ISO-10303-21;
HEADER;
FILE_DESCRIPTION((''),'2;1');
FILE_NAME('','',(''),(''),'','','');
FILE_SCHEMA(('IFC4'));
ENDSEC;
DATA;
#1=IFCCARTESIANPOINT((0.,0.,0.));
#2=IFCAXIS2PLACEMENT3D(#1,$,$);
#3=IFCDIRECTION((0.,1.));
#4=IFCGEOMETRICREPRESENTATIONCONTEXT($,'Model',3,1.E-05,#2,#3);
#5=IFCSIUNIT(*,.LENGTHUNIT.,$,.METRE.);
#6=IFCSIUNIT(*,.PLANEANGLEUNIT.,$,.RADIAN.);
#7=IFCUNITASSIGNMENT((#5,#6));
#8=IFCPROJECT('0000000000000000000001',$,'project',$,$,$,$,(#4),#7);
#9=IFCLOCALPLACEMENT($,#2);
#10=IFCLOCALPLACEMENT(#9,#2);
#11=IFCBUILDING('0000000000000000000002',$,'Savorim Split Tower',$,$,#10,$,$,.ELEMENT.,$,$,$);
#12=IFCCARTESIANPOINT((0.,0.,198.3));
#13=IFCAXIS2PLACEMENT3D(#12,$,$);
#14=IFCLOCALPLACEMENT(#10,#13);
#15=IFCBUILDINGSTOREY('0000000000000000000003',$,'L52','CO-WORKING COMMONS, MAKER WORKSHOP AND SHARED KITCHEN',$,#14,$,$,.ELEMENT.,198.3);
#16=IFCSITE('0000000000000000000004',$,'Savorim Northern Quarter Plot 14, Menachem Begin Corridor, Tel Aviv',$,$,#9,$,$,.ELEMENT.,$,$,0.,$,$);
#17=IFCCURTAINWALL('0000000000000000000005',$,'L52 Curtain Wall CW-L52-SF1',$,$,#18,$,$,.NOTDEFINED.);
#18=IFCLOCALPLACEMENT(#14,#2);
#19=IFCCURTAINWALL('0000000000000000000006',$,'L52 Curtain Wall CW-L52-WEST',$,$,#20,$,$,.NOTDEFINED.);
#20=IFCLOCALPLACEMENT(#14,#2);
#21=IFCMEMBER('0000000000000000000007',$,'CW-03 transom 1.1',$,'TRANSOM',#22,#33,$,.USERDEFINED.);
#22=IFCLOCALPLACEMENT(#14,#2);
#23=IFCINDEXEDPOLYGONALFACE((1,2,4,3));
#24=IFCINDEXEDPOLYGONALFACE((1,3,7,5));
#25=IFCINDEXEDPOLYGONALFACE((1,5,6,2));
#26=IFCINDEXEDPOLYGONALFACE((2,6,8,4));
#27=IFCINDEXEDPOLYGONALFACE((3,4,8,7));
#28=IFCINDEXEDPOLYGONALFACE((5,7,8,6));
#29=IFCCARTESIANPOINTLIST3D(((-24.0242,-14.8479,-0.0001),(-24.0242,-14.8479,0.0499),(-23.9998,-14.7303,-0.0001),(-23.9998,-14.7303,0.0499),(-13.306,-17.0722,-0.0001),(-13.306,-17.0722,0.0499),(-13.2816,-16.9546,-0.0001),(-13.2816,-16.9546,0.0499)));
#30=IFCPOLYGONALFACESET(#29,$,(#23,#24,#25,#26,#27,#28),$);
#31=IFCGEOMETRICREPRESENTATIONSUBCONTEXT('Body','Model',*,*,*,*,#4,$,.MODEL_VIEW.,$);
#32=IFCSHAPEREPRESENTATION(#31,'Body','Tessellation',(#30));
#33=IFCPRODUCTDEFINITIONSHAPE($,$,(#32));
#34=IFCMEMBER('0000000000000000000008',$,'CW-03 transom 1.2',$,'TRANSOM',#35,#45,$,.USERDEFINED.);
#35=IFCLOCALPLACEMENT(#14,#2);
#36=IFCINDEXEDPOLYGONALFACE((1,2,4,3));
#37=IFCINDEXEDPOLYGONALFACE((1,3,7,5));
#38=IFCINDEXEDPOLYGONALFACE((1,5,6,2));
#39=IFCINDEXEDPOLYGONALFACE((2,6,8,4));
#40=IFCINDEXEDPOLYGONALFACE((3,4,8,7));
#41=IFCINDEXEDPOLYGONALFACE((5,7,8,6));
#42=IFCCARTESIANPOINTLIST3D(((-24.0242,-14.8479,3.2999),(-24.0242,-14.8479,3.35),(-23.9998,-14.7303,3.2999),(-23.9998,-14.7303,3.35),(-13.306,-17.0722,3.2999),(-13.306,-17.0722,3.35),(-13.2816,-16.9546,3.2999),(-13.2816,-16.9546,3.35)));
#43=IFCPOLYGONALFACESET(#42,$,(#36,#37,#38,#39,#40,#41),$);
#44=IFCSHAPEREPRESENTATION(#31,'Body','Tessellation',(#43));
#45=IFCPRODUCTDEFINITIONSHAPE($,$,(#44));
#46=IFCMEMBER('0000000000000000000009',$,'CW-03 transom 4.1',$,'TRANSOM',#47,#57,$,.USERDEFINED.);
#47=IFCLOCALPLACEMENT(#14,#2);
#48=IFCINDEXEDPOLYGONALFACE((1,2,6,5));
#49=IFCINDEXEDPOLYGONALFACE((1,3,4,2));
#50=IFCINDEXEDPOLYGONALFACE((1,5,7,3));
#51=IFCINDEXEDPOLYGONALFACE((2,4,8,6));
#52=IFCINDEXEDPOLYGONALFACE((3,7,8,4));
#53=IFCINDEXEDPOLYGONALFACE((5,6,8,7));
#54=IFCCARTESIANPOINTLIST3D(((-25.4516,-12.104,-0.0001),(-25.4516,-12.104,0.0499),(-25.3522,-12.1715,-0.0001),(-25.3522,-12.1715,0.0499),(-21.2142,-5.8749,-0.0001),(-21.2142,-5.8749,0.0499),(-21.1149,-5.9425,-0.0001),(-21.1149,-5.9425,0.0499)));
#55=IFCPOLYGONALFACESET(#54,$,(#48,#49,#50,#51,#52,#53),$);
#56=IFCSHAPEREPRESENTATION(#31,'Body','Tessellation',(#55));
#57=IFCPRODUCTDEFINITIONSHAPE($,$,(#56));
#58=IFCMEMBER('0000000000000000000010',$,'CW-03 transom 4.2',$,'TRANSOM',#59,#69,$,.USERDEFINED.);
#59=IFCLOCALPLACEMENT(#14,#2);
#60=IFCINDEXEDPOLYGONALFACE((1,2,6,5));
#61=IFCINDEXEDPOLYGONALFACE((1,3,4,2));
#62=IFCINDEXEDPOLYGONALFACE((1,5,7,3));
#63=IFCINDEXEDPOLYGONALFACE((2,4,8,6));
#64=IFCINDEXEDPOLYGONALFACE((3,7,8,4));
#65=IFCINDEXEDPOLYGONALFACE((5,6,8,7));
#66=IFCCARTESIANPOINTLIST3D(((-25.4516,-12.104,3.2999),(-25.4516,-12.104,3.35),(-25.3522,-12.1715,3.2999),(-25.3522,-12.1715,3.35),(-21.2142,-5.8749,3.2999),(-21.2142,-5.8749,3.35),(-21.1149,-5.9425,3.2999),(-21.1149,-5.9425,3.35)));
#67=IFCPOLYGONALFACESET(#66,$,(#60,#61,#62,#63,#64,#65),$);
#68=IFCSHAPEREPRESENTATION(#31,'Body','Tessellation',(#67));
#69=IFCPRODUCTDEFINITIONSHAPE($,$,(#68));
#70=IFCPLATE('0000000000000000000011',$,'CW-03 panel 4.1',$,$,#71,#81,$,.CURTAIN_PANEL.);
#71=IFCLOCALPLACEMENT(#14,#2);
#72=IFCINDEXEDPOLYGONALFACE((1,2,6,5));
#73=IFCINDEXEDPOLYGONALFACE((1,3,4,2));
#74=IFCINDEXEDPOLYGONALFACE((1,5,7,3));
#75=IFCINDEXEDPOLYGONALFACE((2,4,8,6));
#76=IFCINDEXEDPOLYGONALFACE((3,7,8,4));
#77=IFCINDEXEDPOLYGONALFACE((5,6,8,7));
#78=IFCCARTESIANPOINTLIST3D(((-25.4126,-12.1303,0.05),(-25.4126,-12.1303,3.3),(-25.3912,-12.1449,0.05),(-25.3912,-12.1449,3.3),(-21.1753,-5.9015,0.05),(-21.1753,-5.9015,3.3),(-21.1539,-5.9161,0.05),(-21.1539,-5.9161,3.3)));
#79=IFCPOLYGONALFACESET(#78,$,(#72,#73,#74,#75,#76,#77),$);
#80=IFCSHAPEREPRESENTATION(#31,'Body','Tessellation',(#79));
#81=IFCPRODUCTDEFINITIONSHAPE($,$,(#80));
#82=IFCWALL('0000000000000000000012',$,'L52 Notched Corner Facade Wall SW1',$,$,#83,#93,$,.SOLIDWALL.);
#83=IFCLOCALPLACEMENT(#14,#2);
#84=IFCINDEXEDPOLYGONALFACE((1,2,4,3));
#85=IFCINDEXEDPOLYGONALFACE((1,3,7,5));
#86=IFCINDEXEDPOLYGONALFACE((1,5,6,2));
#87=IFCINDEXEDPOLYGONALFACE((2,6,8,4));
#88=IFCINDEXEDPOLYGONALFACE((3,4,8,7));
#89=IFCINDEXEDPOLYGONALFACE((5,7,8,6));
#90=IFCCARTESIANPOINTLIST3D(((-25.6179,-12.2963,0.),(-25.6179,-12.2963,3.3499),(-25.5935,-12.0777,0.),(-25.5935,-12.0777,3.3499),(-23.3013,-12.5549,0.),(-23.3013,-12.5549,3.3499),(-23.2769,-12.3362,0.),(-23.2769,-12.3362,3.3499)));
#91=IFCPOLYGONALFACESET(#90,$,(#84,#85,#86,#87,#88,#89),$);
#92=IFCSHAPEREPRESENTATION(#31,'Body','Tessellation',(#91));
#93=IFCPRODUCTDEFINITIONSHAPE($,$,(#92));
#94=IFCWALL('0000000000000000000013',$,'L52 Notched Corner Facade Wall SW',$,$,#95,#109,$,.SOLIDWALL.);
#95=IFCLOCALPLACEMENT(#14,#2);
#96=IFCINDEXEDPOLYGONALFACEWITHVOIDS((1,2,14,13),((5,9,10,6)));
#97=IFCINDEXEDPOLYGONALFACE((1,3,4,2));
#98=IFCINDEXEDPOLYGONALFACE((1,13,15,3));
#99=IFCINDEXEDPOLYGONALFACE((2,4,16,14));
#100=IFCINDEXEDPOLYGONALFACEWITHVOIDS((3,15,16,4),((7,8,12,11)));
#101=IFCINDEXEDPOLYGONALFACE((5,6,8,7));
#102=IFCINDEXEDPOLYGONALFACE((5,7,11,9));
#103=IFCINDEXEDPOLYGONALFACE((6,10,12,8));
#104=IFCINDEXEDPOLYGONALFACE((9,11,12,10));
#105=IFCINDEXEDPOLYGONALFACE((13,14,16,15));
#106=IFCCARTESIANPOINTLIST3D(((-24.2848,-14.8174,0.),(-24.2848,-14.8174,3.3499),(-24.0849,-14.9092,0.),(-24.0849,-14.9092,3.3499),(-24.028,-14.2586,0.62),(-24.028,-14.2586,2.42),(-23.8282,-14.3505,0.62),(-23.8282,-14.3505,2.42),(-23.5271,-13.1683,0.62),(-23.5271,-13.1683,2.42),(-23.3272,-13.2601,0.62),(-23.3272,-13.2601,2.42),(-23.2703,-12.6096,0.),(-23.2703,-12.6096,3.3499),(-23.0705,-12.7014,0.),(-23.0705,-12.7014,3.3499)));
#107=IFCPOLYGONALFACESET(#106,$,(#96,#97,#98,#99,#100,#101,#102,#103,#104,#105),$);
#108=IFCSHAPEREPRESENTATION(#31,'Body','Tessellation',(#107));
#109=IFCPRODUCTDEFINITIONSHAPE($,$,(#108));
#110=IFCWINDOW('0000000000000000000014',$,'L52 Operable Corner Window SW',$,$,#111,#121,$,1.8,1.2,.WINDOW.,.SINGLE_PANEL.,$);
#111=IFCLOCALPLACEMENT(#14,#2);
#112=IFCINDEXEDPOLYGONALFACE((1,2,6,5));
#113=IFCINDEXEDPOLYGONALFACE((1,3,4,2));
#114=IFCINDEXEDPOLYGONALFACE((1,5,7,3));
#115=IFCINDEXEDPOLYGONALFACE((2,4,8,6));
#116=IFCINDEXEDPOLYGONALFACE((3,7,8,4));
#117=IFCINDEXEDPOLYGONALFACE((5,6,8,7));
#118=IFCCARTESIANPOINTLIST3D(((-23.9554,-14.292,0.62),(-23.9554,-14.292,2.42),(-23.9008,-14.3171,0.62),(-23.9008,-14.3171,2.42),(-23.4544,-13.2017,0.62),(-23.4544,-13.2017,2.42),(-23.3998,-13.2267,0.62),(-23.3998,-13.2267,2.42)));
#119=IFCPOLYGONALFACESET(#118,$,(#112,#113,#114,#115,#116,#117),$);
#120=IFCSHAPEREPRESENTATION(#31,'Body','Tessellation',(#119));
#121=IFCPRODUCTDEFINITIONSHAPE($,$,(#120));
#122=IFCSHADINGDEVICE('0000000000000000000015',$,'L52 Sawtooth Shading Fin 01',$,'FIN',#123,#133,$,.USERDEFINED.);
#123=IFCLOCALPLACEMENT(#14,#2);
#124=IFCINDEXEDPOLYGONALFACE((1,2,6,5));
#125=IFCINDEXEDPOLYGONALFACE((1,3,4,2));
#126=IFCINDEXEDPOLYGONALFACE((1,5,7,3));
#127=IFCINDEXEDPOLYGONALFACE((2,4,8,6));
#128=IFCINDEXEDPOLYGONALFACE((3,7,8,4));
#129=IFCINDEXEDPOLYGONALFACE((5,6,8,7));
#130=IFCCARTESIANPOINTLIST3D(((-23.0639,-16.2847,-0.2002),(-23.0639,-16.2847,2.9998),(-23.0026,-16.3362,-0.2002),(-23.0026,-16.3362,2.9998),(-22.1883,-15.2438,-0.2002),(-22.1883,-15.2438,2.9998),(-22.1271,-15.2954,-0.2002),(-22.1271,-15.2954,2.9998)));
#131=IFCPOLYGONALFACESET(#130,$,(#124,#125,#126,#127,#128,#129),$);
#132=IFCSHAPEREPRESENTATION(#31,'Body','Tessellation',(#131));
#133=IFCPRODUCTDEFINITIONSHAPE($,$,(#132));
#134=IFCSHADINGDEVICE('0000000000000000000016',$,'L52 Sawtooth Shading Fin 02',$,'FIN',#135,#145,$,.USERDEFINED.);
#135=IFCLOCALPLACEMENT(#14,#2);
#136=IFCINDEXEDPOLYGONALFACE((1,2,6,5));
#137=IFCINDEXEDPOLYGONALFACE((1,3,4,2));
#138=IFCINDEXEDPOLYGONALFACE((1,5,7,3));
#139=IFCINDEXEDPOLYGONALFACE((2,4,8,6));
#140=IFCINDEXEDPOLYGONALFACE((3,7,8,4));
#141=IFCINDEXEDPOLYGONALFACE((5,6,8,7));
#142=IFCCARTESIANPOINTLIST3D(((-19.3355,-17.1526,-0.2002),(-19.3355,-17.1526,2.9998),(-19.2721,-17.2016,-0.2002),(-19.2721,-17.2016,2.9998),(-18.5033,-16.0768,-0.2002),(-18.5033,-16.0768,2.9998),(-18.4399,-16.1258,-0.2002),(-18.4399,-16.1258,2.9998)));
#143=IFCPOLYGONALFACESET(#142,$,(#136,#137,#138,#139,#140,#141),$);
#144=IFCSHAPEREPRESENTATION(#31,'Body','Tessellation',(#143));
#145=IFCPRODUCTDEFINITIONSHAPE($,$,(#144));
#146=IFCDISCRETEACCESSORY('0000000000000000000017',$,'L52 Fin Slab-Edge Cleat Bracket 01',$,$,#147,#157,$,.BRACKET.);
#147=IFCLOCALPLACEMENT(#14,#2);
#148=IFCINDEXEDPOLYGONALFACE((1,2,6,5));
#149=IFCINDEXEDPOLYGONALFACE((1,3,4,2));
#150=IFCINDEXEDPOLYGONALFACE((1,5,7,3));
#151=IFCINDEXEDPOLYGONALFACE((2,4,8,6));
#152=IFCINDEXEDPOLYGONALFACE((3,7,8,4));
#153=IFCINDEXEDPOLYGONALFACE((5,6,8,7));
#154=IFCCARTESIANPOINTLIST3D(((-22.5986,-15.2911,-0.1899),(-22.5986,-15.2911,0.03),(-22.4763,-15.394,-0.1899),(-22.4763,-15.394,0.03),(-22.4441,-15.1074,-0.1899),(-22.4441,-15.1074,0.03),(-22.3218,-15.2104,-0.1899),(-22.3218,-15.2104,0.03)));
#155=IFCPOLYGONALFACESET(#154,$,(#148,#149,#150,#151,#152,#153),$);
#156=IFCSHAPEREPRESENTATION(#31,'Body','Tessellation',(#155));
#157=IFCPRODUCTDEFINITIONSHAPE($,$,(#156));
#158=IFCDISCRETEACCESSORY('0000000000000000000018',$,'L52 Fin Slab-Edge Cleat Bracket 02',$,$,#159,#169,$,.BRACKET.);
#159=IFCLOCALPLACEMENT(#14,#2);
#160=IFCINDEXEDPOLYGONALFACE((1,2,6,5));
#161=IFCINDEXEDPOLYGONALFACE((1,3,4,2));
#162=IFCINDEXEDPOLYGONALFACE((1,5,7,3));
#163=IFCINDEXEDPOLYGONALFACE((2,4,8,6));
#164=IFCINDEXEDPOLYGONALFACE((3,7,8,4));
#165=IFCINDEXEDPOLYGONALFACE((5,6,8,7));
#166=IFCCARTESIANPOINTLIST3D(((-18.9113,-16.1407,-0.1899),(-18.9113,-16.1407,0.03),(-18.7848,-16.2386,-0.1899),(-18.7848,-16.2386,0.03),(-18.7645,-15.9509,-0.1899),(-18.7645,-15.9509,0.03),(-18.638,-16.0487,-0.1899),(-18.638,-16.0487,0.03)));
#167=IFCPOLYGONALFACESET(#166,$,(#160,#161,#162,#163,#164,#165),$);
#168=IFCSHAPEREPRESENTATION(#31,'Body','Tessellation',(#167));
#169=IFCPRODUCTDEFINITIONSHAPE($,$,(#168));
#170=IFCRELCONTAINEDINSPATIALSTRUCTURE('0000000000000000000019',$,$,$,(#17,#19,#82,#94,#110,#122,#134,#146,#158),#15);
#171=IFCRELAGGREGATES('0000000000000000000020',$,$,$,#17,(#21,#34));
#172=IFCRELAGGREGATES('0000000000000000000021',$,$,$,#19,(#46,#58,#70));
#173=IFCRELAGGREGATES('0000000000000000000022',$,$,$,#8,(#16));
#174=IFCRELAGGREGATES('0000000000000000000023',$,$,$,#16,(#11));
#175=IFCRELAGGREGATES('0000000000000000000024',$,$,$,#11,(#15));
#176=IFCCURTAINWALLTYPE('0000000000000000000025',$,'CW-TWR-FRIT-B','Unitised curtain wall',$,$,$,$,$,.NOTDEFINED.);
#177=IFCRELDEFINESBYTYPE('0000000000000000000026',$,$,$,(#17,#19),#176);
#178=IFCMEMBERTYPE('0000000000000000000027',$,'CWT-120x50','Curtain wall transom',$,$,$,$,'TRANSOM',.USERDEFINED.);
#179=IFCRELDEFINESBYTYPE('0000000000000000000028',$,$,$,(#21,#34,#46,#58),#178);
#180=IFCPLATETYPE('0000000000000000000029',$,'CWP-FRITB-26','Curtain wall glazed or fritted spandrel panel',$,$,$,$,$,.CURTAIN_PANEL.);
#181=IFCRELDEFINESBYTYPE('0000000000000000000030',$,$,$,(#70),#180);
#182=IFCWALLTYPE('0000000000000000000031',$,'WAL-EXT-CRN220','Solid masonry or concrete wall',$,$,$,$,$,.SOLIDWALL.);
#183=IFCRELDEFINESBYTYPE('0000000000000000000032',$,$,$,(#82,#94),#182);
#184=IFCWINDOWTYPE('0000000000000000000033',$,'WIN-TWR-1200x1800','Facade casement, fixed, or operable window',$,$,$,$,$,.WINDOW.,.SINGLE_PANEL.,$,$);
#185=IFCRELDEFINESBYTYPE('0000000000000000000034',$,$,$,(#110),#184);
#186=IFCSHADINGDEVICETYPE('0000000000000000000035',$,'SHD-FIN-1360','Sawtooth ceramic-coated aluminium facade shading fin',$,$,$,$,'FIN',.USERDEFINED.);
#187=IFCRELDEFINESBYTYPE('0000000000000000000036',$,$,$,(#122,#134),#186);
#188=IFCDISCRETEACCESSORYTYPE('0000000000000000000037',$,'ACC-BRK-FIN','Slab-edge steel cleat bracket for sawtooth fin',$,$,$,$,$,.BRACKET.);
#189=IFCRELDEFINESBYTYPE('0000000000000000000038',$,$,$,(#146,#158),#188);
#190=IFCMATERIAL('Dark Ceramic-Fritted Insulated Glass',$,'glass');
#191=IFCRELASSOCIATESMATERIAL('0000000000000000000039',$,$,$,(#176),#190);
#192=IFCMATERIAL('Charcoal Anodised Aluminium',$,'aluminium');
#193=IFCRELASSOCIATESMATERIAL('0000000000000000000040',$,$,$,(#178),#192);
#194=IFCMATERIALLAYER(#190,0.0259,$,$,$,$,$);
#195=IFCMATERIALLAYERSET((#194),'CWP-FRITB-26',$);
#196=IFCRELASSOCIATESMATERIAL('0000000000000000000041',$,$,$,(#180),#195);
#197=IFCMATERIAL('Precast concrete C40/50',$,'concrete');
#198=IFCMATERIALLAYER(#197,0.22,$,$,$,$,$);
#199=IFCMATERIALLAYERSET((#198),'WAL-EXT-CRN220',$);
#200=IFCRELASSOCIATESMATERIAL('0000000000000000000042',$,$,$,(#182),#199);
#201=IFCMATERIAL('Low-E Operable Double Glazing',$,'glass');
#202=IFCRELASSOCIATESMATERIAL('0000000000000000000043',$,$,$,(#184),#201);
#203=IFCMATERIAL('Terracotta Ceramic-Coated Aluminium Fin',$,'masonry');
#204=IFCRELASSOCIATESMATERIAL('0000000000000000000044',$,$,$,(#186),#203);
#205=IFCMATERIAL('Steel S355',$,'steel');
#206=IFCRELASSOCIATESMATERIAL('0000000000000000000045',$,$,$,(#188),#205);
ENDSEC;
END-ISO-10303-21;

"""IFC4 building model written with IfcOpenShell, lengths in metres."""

from ifc_helpers import new_model, si_unit, direction, frame, frame_2d, origin, origin_2d, place, context, subcontext, project, spatial, rectangle, extrude, material, layer, layer_set, material_profile, profile_set, type_object, element, fill, aggregate, save


model = new_model("IFC4")

# Units and contexts
model_context = context("Model", 3, precision=1e-05, world=origin(), true_north=direction((0.0, 1.0)))
body_context = subcontext(model_context, "Body", "Model", "MODEL_VIEW")
ifc_project = project(units=[si_unit("LENGTHUNIT", "METRE"), si_unit("PLANEANGLEUNIT", "RADIAN")], contexts=[model_context])

# Site, building, storey
site_placement = place(None, origin())
site = spatial("IfcSite", under=ifc_project, at=site_placement, Name="Savorim Northern Quarter Plot 14, Menachem Begin Corridor, Tel Aviv", CompositionType="ELEMENT", RefElevation=0.0)
building_placement = place(site_placement, origin())
building = spatial("IfcBuilding", under=site, at=building_placement, Name="Savorim Split Tower", CompositionType="ELEMENT")
storey_placement = place(building_placement, frame((0.0, 0.0, 198.3)))
storey = spatial("IfcBuildingStorey", under=building, at=storey_placement, Name="L52", Description="CO-WORKING COMMONS, MAKER WORKSHOP AND SHARED KITCHEN", CompositionType="ELEMENT", Elevation=198.3)

# Shared definitions
ifc_material_1 = material(Name="Steel S355", Category="steel")

# Curtain wall
ifc_material_2 = material(Name="Dark Ceramic-Fritted Insulated Glass", Category="glass")
curtain_wall_type = type_object("IfcCurtainWallType", Name="CW-TWR-FRIT-B", Description="Unitised curtain wall", PredefinedType="NOTDEFINED", material=ifc_material_2)
curtain_wall_1_placement = place(storey_placement, origin())
curtain_wall_1 = element("IfcCurtainWall", 1, at=curtain_wall_1_placement, inside=storey, type_object=curtain_wall_type, Name="L52 Curtain Wall CW-L52-SF1", PredefinedType="NOTDEFINED")
ifc_material_3 = material(Name="Charcoal Anodised Aluminium", Category="aluminium")

# Curtain wall
curtain_wall_2_placement = place(storey_placement, origin())
curtain_wall_2 = element("IfcCurtainWall", 2, at=curtain_wall_2_placement, inside=storey, type_object=curtain_wall_type, Name="L52 Curtain Wall CW-L52-WEST", PredefinedType="NOTDEFINED")

# Members
ifc_material_profile_1 = material_profile(ifc_material_3, rectangle(XDim=0.1201, YDim=0.05, at=origin_2d()), Name="ALU-T 120x50")
ifc_profile_set_1 = profile_set([ifc_material_profile_1], Name="Charcoal Anodised Aluminium")
member_type_1 = type_object("IfcMemberType", Name="CWT-120x50", Description="Curtain wall transom", ElementType="TRANSOM", PredefinedType="USERDEFINED", material=ifc_profile_set_1)
member_1_placement = place(storey_placement, frame((-24.012, -14.7891, 0.0249), z_axis=(0.979137, -0.203201, 0.0), x_axis=(0.203201, 0.979137, 0.0)))
member_1 = element("IfcMember", 3, at=member_1_placement, type_object=member_type_1, Name="CW-03 transom 1.1", ObjectType="TRANSOM", PredefinedType="USERDEFINED", context=body_context, shape_type="SweptSolid", body=[
    extrude(rectangle(XDim=0.1201, YDim=0.05, at=origin_2d()), origin(), (0.0, 0.0, 1.0), 10.9465),
])
member_2_placement = place(storey_placement, frame((-24.012, -14.7891, 3.325), z_axis=(0.979137, -0.203201, 0.0), x_axis=(0.203201, 0.979137, 0.0)))
member_2 = element("IfcMember", 4, at=member_2_placement, type_object=member_type_1, Name="CW-03 transom 1.2", ObjectType="TRANSOM", PredefinedType="USERDEFINED", context=body_context, shape_type="SweptSolid", body=[
    extrude(rectangle(XDim=0.1201, YDim=0.05, at=origin_2d()), origin(), (0.0, 0.0, 1.0), 10.9465),
])
aggregate(curtain_wall_1, [member_1, member_2])
member_3_placement = place(storey_placement, frame((-21.1646, -5.9087, 0.0249), z_axis=(-0.562454, -0.826829, 0.0), x_axis=(0.826829, -0.562454, 0.0)))
member_3 = element("IfcMember", 5, at=member_3_placement, type_object=member_type_1, Name="CW-03 transom 4.1", ObjectType="TRANSOM", PredefinedType="USERDEFINED", context=body_context, shape_type="SweptSolid", body=[
    extrude(rectangle(XDim=0.1201, YDim=0.05, at=origin_2d()), origin(), (0.0, 0.0, 1.0), 7.5337),
])
member_4_placement = place(storey_placement, frame((-21.1646, -5.9087, 3.325), z_axis=(-0.562454, -0.826829, 0.0), x_axis=(0.826829, -0.562454, 0.0)))
member_4 = element("IfcMember", 6, at=member_4_placement, type_object=member_type_1, Name="CW-03 transom 4.2", ObjectType="TRANSOM", PredefinedType="USERDEFINED", context=body_context, shape_type="SweptSolid", body=[
    extrude(rectangle(XDim=0.1201, YDim=0.05, at=origin_2d()), origin(), (0.0, 0.0, 1.0), 7.5337),
])

# Plate
ifc_layer_1 = layer(ifc_material_2, 0.0259)
ifc_layer_set_1 = layer_set([ifc_layer_1], Name="CWP-FRITB-26")
plate_type = type_object("IfcPlateType", Name="CWP-FRITB-26", Description="Curtain wall glazed or fritted spandrel panel", PredefinedType="CURTAIN_PANEL", material=ifc_layer_set_1)
plate_placement = place(storey_placement, frame((-23.2832, -9.0232, 0.05), z_axis=(0.0, 0.0, 1.0), x_axis=(-0.562465, -0.826821, 0.0)))
plate = element("IfcPlate", 7, at=plate_placement, type_object=plate_type, Name="CW-03 panel 4.1", PredefinedType="CURTAIN_PANEL", context=body_context, shape_type="SweptSolid", body=[
    extrude(rectangle(XDim=7.5334, YDim=0.0259, at=origin_2d()), origin(), (0.0, 0.0, 1.0), 3.25),
])
aggregate(curtain_wall_2, [member_3, member_4, plate])

# Wall
ifc_material_4 = material(Name="Precast concrete C40/50", Category="concrete")
ifc_layer_2 = layer(ifc_material_4, 0.22)
ifc_layer_set_2 = layer_set([ifc_layer_2], Name="WAL-EXT-CRN220")
wall_type = type_object("IfcWallType", Name="WAL-EXT-CRN220", Description="Solid masonry or concrete wall", PredefinedType="SOLIDWALL", material=ifc_layer_set_2)
wall_1_placement = place(storey_placement, frame((-23.2891, -12.4456, 0.0), z_axis=(0.0, 0.0, 1.0), x_axis=(-0.99383, 0.110914, 0.0)))
element("IfcWall", 8, at=wall_1_placement, inside=storey, type_object=wall_type, Name="L52 Notched Corner Facade Wall SW1", PredefinedType="SOLIDWALL", context=body_context, shape_type="SweptSolid", body=[
    extrude(rectangle(XDim=2.3311, YDim=0.22, at=frame_2d((1.1655, 0.0))), origin(), (0.0, 0.0, 1.0), 3.3499),
])

# Wall, opening, window
wall_2_placement = place(storey_placement, frame((-24.1848, -14.8633, 0.0), z_axis=(0.0, 0.0, 1.0), x_axis=(0.417509, 0.908673, 0.0)))
wall_2 = element("IfcWall", 9, at=wall_2_placement, inside=storey, type_object=wall_type, Name="L52 Notched Corner Facade Wall SW", PredefinedType="SOLIDWALL", context=body_context, shape_type="SweptSolid", body=[
    extrude(rectangle(XDim=2.4297, YDim=0.22, at=frame_2d((1.2148, 0.0))), origin(), (0.0, 0.0, 1.0), 3.3499),
])
opening_placement = place(wall_2_placement, frame((0.6147, 0.0, 0.6201)))
opening = element("IfcOpeningElement", 10, at=opening_placement, cuts=wall_2, PredefinedType="OPENING", context=body_context, shape_type="SweptSolid", body=[
    extrude(rectangle(XDim=1.2, YDim=1.8, at=frame_2d((0.6001, 0.8999))), frame((0.0, 0.1199, 0.0), z_axis=(0.0, -1.0, 0.0), x_axis=(1.0, 0.0, 0.0)), (0.0, 0.0, 1.0), 0.24),
])
ifc_material_5 = material(Name="Low-E Operable Double Glazing", Category="glass")
window_type = type_object("IfcWindowType", Name="WIN-TWR-1200x1800", Description="Facade casement, fixed, or operable window", PartitioningType="SINGLE_PANEL", PredefinedType="WINDOW", material=ifc_material_5)
window_placement = place(opening_placement, origin())
window = element("IfcWindow", 11, at=window_placement, inside=storey, type_object=window_type, Name="L52 Operable Corner Window SW", OverallHeight=1.8, OverallWidth=1.2, PartitioningType="SINGLE_PANEL", PredefinedType="WINDOW", context=body_context, shape_type="SweptSolid", body=[
    extrude(rectangle(XDim=1.2, YDim=1.8, at=frame_2d((0.6001, 0.8999))), frame((0.0, 0.03, 0.0), z_axis=(0.0, -1.0, 0.0), x_axis=(1.0, 0.0, 0.0)), (0.0, 0.0, 1.0), 0.0601),
])
fill(opening, window)

# Shading devices
ifc_material_6 = material(Name="Terracotta Ceramic-Coated Aluminium Fin", Category="masonry")
shading_device_type = type_object("IfcShadingDeviceType", Name="SHD-FIN-1360", Description="Sawtooth ceramic-coated aluminium facade shading fin", ElementType="FIN", PredefinedType="USERDEFINED", material=ifc_material_6)
for number, where, z_axis, x_axis, name in (
    (12, (-22.5955, -15.79, -0.2002), (0.0, 0.0, 1.0), (-0.643719, -0.765262, 0.0), "L52 Sawtooth Shading Fin 01"),
    (13, (-18.8877, -16.6392, -0.2002), (0.0, 0.0, 1.0), (-0.611868, -0.79096, 0.0), "L52 Sawtooth Shading Fin 02"),
):
    element("IfcShadingDevice", number, at=place(storey_placement, frame(where, z_axis=z_axis, x_axis=x_axis)), inside=storey, type_object=shading_device_type, Name=name, ObjectType="FIN", PredefinedType="USERDEFINED", context=body_context, shape_type="SweptSolid", body=[
        extrude(rectangle(XDim=1.3601, YDim=0.0801, at=origin_2d()), origin(), (0.0, 0.0, 1.0), 3.2),
    ])

# Discrete accessories
discrete_accessory_type = type_object("IfcDiscreteAccessoryType", Name="ACC-BRK-FIN", Description="Slab-edge steel cleat bracket for sawtooth fin", PredefinedType="BRACKET", material=ifc_material_1)
for number, where, z_axis, x_axis, name in (
    (14, (-22.4602, -15.2507, -0.1899), (0.0, 0.0, 1.0), (-0.643719, -0.765262, 0.0), "L52 Fin Slab-Edge Cleat Bracket 01"),
    (15, (-18.7747, -16.0947, -0.1899), (0.0, 0.0, 1.0), (-0.611868, -0.79096, 0.0), "L52 Fin Slab-Edge Cleat Bracket 02"),
):
    element("IfcDiscreteAccessory", number, at=place(storey_placement, frame(where, z_axis=z_axis, x_axis=x_axis)), inside=storey, type_object=discrete_accessory_type, Name=name, PredefinedType="BRACKET", context=body_context, shape_type="SweptSolid", body=[
        extrude(rectangle(XDim=0.24, YDim=0.1599, at=origin_2d()), origin(), (0.0, 0.0, 1.0), 0.22),
    ])

save(model, "model.ifc")
